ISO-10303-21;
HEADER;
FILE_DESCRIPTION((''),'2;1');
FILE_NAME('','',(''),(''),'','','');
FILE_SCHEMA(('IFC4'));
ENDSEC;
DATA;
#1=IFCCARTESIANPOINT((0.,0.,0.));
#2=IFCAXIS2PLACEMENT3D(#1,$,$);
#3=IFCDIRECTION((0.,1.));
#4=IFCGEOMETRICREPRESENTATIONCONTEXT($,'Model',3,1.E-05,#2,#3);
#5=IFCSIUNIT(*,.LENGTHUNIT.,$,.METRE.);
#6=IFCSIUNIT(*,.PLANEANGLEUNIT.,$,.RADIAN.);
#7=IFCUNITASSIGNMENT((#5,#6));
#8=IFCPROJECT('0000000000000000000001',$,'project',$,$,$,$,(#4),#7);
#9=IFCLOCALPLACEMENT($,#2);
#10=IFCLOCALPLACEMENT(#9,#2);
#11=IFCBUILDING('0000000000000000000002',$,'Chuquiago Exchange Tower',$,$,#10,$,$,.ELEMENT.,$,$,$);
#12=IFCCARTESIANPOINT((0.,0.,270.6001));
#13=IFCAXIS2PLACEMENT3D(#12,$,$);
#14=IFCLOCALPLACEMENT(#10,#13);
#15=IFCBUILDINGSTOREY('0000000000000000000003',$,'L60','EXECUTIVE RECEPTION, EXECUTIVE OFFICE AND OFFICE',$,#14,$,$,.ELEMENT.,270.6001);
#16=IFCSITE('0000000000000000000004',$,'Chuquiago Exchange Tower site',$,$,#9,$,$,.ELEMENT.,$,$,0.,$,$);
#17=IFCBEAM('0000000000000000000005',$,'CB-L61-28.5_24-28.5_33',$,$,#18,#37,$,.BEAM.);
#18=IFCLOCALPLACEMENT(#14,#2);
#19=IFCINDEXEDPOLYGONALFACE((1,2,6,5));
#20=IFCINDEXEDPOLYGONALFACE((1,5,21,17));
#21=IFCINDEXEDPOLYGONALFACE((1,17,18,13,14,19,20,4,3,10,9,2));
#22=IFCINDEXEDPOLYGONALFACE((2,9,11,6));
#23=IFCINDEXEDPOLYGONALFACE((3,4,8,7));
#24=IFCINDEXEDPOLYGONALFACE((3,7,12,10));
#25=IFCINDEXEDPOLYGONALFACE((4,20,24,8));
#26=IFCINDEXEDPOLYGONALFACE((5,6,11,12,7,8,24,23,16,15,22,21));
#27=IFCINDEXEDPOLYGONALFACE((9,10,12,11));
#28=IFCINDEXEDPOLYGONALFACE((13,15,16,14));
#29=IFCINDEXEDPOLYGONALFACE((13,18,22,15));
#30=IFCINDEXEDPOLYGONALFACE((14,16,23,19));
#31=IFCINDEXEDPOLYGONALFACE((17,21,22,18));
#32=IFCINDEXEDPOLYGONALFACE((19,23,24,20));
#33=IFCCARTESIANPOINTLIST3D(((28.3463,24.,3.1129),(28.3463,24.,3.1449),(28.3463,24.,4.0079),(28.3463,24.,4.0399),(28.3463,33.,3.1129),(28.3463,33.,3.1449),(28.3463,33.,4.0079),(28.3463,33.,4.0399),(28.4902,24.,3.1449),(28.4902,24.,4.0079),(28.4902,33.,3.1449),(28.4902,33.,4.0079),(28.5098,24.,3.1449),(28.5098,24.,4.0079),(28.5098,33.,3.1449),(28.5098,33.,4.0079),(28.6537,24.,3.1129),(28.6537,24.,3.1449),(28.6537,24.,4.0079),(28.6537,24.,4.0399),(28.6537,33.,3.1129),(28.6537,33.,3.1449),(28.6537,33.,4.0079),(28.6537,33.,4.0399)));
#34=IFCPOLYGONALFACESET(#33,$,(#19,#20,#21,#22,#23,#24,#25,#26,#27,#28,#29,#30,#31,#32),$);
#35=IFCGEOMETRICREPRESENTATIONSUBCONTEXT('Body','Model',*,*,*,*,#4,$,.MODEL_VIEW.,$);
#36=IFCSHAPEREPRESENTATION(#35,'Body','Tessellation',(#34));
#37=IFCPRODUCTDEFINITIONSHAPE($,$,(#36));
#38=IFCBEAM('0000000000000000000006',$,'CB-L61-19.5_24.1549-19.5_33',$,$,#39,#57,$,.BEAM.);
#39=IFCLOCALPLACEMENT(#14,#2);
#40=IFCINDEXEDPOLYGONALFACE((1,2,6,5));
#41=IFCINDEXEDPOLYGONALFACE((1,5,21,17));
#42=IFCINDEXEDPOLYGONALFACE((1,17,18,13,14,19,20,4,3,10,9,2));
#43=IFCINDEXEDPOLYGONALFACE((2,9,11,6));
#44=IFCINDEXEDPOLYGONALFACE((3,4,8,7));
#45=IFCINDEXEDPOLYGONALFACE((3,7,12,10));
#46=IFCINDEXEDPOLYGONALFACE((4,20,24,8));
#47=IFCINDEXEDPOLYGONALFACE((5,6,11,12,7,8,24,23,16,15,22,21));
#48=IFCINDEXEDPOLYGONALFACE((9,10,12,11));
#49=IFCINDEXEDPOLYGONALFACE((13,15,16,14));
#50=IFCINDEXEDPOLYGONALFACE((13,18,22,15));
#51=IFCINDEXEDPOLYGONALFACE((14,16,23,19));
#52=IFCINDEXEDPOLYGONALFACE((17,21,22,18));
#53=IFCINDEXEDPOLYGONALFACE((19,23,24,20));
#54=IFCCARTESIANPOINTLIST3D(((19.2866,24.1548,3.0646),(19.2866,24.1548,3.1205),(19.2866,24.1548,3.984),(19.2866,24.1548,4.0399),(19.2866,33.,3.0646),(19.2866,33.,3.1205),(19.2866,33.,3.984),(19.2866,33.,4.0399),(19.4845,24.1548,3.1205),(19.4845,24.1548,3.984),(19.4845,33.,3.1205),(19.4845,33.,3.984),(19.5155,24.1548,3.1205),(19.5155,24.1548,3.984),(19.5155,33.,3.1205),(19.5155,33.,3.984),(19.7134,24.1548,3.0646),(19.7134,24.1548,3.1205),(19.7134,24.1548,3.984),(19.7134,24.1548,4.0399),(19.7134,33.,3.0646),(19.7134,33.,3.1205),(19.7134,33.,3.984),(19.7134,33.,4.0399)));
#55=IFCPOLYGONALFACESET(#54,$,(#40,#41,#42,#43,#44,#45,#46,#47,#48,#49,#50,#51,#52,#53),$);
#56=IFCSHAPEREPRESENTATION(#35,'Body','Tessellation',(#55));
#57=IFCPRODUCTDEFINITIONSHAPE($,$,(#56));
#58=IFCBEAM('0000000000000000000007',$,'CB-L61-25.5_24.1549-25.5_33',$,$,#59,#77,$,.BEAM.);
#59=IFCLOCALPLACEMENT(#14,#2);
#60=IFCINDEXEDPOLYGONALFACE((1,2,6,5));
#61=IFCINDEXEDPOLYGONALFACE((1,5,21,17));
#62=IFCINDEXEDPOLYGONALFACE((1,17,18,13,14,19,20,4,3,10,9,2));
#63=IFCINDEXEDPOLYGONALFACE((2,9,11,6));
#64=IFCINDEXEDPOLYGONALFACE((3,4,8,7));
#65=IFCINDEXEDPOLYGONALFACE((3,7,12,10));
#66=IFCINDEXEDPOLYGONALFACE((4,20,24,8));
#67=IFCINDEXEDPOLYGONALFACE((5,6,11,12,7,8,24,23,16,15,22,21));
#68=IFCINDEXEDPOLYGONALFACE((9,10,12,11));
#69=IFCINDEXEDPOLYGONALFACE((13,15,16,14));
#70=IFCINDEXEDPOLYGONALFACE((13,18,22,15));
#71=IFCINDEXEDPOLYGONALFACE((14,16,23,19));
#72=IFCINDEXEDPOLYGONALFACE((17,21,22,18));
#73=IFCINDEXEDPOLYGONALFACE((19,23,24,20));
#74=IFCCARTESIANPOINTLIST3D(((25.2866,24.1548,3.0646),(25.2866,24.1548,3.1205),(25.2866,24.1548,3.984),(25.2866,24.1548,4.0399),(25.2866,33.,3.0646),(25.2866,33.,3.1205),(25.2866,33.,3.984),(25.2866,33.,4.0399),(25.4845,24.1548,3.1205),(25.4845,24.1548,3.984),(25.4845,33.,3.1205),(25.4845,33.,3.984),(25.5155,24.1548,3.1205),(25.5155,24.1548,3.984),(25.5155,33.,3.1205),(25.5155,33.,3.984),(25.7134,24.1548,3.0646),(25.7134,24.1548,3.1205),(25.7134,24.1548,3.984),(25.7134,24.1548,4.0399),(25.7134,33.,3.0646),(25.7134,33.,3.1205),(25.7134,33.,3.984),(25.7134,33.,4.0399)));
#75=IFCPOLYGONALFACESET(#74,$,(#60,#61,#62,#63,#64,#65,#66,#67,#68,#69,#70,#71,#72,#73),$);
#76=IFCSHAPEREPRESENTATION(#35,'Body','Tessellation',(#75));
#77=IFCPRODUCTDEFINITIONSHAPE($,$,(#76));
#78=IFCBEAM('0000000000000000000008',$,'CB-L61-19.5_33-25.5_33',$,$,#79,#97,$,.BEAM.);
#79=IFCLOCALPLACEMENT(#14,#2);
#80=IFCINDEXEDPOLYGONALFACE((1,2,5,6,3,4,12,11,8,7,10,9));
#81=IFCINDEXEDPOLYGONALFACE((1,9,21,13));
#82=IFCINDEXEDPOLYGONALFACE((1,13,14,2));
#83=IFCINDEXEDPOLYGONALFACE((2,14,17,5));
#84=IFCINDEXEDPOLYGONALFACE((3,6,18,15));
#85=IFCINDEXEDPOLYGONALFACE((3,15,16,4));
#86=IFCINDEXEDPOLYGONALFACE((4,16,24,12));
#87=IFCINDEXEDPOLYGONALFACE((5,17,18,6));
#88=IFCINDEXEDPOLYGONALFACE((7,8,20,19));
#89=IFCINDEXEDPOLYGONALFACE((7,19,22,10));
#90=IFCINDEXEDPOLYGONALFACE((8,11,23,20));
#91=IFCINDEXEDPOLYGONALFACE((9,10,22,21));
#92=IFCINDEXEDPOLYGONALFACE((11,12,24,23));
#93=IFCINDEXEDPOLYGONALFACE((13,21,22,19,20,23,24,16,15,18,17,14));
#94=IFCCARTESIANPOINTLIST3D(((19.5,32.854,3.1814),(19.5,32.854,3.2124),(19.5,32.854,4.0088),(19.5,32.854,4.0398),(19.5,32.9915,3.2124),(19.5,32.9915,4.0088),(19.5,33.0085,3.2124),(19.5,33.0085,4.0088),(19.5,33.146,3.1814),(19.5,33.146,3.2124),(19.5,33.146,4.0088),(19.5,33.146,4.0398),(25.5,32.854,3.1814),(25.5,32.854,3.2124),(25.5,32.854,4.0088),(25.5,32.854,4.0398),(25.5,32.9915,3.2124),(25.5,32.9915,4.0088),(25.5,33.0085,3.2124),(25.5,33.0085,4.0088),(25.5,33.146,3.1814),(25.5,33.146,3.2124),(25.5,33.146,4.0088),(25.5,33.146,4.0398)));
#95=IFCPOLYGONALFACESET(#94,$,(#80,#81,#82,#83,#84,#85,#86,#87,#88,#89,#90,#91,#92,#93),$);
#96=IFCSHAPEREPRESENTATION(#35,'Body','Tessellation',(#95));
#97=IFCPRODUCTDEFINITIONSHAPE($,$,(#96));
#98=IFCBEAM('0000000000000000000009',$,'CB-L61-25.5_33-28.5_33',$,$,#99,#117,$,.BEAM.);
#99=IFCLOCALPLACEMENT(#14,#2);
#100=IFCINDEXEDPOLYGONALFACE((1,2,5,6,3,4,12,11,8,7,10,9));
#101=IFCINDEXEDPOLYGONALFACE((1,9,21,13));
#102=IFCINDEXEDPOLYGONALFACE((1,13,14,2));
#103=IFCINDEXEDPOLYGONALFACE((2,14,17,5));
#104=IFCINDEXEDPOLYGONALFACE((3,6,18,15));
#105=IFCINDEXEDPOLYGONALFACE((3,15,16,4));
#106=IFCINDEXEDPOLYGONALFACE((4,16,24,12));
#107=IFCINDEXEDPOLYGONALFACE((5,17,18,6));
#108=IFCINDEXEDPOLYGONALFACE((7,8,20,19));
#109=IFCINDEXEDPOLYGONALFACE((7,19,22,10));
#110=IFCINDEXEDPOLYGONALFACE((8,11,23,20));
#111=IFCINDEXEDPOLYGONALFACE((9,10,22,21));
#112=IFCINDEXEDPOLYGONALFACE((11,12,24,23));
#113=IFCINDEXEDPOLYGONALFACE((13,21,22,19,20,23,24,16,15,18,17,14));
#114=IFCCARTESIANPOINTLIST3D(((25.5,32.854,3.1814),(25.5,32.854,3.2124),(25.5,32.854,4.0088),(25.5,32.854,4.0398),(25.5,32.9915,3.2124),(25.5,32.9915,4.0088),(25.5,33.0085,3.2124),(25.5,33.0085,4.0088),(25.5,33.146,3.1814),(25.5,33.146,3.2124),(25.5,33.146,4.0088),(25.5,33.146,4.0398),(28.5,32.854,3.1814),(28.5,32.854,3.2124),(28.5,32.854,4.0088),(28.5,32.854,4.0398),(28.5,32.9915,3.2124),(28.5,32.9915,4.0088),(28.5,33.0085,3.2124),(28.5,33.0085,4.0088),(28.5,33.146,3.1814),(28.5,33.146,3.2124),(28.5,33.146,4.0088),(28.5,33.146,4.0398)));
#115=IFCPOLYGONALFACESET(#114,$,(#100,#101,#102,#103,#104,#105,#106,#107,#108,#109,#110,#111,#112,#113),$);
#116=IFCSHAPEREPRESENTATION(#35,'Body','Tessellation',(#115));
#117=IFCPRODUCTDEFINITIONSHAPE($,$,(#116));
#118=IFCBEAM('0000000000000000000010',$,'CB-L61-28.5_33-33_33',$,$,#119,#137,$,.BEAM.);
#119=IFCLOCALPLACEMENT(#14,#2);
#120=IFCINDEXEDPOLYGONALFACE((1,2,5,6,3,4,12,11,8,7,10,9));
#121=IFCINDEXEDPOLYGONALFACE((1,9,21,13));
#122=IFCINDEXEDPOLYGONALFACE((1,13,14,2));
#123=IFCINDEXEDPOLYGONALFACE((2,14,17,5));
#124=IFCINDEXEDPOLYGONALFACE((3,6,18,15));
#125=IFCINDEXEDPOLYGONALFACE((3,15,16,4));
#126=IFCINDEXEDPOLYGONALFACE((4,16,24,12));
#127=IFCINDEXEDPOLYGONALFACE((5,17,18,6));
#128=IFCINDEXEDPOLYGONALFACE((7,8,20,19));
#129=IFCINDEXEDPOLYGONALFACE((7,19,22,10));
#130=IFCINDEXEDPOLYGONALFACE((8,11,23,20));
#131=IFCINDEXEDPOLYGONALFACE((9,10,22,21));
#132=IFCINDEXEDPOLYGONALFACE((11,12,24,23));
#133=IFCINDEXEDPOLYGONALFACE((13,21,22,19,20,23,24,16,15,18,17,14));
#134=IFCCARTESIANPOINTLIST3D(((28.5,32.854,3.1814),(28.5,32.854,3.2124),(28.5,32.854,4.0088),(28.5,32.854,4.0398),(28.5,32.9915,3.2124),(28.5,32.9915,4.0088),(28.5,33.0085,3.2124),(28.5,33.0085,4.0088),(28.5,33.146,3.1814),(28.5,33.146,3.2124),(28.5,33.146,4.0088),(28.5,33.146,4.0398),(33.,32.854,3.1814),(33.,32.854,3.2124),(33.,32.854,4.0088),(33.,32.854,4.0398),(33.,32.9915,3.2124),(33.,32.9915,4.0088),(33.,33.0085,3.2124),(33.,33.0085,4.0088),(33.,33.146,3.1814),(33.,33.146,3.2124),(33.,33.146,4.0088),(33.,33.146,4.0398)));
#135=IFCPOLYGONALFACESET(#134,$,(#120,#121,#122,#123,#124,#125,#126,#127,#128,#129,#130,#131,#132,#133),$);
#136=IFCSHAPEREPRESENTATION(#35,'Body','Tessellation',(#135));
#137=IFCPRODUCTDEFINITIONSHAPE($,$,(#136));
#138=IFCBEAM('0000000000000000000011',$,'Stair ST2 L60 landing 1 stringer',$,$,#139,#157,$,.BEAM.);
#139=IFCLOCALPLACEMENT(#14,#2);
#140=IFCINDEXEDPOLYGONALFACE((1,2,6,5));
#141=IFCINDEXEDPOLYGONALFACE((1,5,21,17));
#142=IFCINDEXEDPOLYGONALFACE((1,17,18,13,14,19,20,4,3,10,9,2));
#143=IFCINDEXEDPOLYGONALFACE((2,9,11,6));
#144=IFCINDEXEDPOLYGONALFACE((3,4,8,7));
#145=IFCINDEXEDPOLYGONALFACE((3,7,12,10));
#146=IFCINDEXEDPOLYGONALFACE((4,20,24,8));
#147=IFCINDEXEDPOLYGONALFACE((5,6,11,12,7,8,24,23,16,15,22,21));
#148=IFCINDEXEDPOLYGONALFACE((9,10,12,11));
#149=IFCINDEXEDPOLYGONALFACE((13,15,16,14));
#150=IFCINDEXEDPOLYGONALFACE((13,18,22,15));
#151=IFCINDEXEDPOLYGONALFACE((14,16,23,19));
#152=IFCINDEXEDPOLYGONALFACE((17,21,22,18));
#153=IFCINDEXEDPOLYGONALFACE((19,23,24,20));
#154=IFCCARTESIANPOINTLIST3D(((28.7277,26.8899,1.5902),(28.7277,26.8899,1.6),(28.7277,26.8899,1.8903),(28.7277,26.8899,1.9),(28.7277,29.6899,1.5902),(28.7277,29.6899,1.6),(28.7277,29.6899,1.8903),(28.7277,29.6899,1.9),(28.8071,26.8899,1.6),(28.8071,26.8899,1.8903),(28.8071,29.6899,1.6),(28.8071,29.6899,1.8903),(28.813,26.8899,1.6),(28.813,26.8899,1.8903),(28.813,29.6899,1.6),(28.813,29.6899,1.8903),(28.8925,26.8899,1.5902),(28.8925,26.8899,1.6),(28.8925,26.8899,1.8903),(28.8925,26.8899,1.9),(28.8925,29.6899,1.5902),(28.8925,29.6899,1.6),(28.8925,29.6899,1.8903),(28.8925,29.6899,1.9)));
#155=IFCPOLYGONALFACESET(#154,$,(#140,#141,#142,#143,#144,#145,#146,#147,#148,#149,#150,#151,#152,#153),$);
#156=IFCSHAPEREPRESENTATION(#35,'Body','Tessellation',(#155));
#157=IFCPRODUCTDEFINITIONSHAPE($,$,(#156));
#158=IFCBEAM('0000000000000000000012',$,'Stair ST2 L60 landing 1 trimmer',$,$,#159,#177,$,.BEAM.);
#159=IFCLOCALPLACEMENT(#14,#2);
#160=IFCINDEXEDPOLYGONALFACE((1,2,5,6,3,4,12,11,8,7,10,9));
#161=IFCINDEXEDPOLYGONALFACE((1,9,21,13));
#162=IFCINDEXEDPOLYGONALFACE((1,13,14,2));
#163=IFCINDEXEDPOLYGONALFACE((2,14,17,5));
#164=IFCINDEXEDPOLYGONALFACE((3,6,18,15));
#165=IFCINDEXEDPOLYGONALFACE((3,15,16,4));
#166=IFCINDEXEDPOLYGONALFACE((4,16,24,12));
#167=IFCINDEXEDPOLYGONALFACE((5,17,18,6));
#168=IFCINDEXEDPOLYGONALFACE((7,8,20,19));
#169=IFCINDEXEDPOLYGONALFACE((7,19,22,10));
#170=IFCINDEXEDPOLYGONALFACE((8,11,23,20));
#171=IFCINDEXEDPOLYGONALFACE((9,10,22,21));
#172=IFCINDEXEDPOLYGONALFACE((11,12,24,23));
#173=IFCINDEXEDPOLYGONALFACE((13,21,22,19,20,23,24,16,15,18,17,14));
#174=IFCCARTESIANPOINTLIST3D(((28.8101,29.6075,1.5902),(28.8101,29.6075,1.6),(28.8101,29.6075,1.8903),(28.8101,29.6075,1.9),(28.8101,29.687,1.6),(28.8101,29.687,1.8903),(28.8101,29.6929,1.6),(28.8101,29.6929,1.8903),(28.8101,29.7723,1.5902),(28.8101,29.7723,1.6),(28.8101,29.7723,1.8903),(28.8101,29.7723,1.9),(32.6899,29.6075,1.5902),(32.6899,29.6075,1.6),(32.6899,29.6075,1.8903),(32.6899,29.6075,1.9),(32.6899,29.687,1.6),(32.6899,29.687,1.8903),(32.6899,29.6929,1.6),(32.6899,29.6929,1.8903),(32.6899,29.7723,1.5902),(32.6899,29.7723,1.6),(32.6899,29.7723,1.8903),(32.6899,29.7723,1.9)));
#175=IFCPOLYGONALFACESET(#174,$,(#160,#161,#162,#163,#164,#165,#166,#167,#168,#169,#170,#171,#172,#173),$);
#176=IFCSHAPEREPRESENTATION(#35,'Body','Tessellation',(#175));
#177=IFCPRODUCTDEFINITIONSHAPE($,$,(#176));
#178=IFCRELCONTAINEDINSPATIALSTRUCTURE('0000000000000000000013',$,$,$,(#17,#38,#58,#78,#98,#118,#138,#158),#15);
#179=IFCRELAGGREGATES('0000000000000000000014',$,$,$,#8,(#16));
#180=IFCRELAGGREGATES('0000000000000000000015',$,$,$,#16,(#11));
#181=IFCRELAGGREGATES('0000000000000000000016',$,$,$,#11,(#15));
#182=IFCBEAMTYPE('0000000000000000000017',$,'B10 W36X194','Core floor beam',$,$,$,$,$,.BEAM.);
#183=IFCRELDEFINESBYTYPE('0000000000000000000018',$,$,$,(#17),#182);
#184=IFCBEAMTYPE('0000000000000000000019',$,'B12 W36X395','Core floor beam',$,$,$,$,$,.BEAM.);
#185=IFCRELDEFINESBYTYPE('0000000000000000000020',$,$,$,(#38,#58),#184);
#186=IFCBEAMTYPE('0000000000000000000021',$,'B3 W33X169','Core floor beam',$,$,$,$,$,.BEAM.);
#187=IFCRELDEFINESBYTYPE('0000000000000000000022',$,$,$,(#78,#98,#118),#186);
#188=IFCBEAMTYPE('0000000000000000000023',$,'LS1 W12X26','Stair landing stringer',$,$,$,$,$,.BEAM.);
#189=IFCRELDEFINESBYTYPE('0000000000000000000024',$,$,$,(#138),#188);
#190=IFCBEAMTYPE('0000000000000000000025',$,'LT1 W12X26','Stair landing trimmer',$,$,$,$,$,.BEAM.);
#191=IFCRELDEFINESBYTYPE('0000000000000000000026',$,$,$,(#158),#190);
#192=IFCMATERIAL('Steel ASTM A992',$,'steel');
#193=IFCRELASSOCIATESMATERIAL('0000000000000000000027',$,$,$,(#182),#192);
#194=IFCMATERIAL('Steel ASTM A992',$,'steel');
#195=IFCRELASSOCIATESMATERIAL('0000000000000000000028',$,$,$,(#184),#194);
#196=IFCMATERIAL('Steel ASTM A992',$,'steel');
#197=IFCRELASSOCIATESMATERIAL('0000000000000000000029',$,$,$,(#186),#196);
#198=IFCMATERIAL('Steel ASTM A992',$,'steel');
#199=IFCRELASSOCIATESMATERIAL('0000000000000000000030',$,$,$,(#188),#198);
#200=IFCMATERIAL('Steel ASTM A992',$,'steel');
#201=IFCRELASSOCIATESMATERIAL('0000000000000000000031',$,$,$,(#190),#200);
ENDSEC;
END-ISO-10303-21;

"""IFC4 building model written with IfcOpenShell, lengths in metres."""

from ifc_helpers import new_model, si_unit, direction, frame, origin, origin_2d, place, context, subcontext, project, spatial, i_section, extrude, material, material_profile, profile_set, type_object, element, save


model = new_model("IFC4")

# Units and contexts
model_context = context("Model", 3, precision=1e-05, world=origin(), true_north=direction((0.0, 1.0)))
body_context = subcontext(model_context, "Body", "Model", "MODEL_VIEW")
ifc_project = project(units=[si_unit("LENGTHUNIT", "METRE"), si_unit("PLANEANGLEUNIT", "RADIAN")], contexts=[model_context])

# Site, building, storey
site_placement = place(None, origin())
site = spatial("IfcSite", under=ifc_project, at=site_placement, Name="Chuquiago Exchange Tower site", CompositionType="ELEMENT", RefElevation=0.0)
building_placement = place(site_placement, origin())
building = spatial("IfcBuilding", under=site, at=building_placement, Name="Chuquiago Exchange Tower", CompositionType="ELEMENT")
storey_placement = place(building_placement, frame((0.0, 0.0, 270.6001)))
storey = spatial("IfcBuildingStorey", under=building, at=storey_placement, Name="L60", Description="EXECUTIVE RECEPTION, EXECUTIVE OFFICE AND OFFICE", CompositionType="ELEMENT", Elevation=270.6001)

# Beams
ifc_material_1 = material(Name="Steel ASTM A992", Category="steel")
ifc_material_profile_1 = material_profile(ifc_material_1, i_section(OverallWidth=0.3074, OverallDepth=0.927, WebThickness=0.0195, FlangeThickness=0.032, at=origin_2d()), Name="W36X194")
ifc_profile_set_1 = profile_set([ifc_material_profile_1], Name="Steel ASTM A992")
beam_type_1 = type_object("IfcBeamType", Name="B10 W36X194", Description="Core floor beam", PredefinedType="BEAM", material=ifc_profile_set_1)
beam_1_placement = place(storey_placement, frame((28.5, 24.0, 3.5764), z_axis=(0.0, 1.0, 0.0), x_axis=(-1.0, 0.0, 0.0)))
element("IfcBeam", 1, at=beam_1_placement, inside=storey, type_object=beam_type_1, Name="CB-L61-28.5_24-28.5_33", PredefinedType="BEAM", context=body_context, shape_type="SweptSolid", body=[
    extrude(i_section(OverallWidth=0.3074, OverallDepth=0.927, WebThickness=0.0195, FlangeThickness=0.032, at=origin_2d()), origin(), (0.0, 0.0, 1.0), 9.0),
])
ifc_material_2 = material(Name="Steel ASTM A992", Category="steel")
ifc_material_profile_2 = material_profile(ifc_material_2, i_section(OverallWidth=0.4268, OverallDepth=0.9753, WebThickness=0.031, FlangeThickness=0.0559, at=origin_2d()), Name="W36X395")
ifc_profile_set_2 = profile_set([ifc_material_profile_2], Name="Steel ASTM A992")
beam_type_2 = type_object("IfcBeamType", Name="B12 W36X395", Description="Core floor beam", PredefinedType="BEAM", material=ifc_profile_set_2)
for number, where, z_axis, x_axis, name in (
    (2, (19.5, 24.1548, 3.5522), (0.0, 1.0, 0.0), (-1.0, 0.0, 0.0), "CB-L61-19.5_24.1549-19.5_33"),
    (3, (25.5, 24.1548, 3.5522), (0.0, 1.0, 0.0), (-1.0, 0.0, 0.0), "CB-L61-25.5_24.1549-25.5_33"),
):
    element("IfcBeam", number, at=place(storey_placement, frame(where, z_axis=z_axis, x_axis=x_axis)), inside=storey, type_object=beam_type_2, Name=name, PredefinedType="BEAM", context=body_context, shape_type="SweptSolid", body=[
        extrude(i_section(OverallWidth=0.4268, OverallDepth=0.9753, WebThickness=0.031, FlangeThickness=0.0559, at=origin_2d()), origin(), (0.0, 0.0, 1.0), 8.8452),
    ])
ifc_material_3 = material(Name="Steel ASTM A992", Category="steel")
ifc_material_profile_3 = material_profile(ifc_material_3, i_section(OverallWidth=0.292, OverallDepth=0.8584, WebThickness=0.0171, FlangeThickness=0.031, at=origin_2d()), Name="W33X169")
ifc_profile_set_3 = profile_set([ifc_material_profile_3], Name="Steel ASTM A992")
beam_type_3 = type_object("IfcBeamType", Name="B3 W33X169", Description="Core floor beam", PredefinedType="BEAM", material=ifc_profile_set_3)
beam_2_placement = place(storey_placement, frame((19.5, 33.0, 3.6106), z_axis=(1.0, 0.0, 0.0), x_axis=(0.0, 1.0, 0.0)))
element("IfcBeam", 4, at=beam_2_placement, inside=storey, type_object=beam_type_3, Name="CB-L61-19.5_33-25.5_33", PredefinedType="BEAM", context=body_context, shape_type="SweptSolid", body=[
    extrude(i_section(OverallWidth=0.292, OverallDepth=0.8584, WebThickness=0.0171, FlangeThickness=0.031, at=origin_2d()), origin(), (0.0, 0.0, 1.0), 6.0),
])
beam_3_placement = place(storey_placement, frame((25.5, 33.0, 3.6106), z_axis=(1.0, 0.0, 0.0), x_axis=(0.0, 1.0, 0.0)))
element("IfcBeam", 5, at=beam_3_placement, inside=storey, type_object=beam_type_3, Name="CB-L61-25.5_33-28.5_33", PredefinedType="BEAM", context=body_context, shape_type="SweptSolid", body=[
    extrude(i_section(OverallWidth=0.292, OverallDepth=0.8584, WebThickness=0.0171, FlangeThickness=0.031, at=origin_2d()), origin(), (0.0, 0.0, 1.0), 3.0),
])
beam_4_placement = place(storey_placement, frame((28.5, 33.0, 3.6106), z_axis=(1.0, 0.0, 0.0), x_axis=(0.0, 1.0, 0.0)))
element("IfcBeam", 6, at=beam_4_placement, inside=storey, type_object=beam_type_3, Name="CB-L61-28.5_33-33_33", PredefinedType="BEAM", context=body_context, shape_type="SweptSolid", body=[
    extrude(i_section(OverallWidth=0.292, OverallDepth=0.8584, WebThickness=0.0171, FlangeThickness=0.031, at=origin_2d()), origin(), (0.0, 0.0, 1.0), 4.5),
])
ifc_material_4 = material(Name="Steel ASTM A992", Category="steel")
ifc_material_profile_4 = material_profile(ifc_material_4, i_section(OverallWidth=0.1648, OverallDepth=0.3098, WebThickness=0.0059, FlangeThickness=0.0098, at=origin_2d()), Name="W12X26")
ifc_profile_set_4 = profile_set([ifc_material_profile_4], Name="Steel ASTM A992")
beam_type_4 = type_object("IfcBeamType", Name="LS1 W12X26", Description="Stair landing stringer", PredefinedType="BEAM", material=ifc_profile_set_4)
beam_5_placement = place(storey_placement, frame((28.8101, 26.8899, 1.7451), z_axis=(0.0, 1.0, 0.0), x_axis=(-1.0, 0.0, 0.0)))
element("IfcBeam", 7, at=beam_5_placement, inside=storey, type_object=beam_type_4, Name="Stair ST2 L60 landing 1 stringer", PredefinedType="BEAM", context=body_context, shape_type="SweptSolid", body=[
    extrude(i_section(OverallWidth=0.1648, OverallDepth=0.3098, WebThickness=0.0059, FlangeThickness=0.0098, at=origin_2d()), origin(), (0.0, 0.0, 1.0), 2.8),
])
ifc_material_5 = material(Name="Steel ASTM A992", Category="steel")
ifc_material_profile_5 = material_profile(ifc_material_5, i_section(OverallWidth=0.1648, OverallDepth=0.3098, WebThickness=0.0059, FlangeThickness=0.0098, at=origin_2d()), Name="W12X26")
ifc_profile_set_5 = profile_set([ifc_material_profile_5], Name="Steel ASTM A992")
beam_type_5 = type_object("IfcBeamType", Name="LT1 W12X26", Description="Stair landing trimmer", PredefinedType="BEAM", material=ifc_profile_set_5)
for number, where, z_axis, x_axis, name in (
    (8, (28.8101, 29.6899, 1.7451), (1.0, 0.0, 0.0), (0.0, 1.0, 0.0), "Stair ST2 L60 landing 1 trimmer"),
):
    element("IfcBeam", number, at=place(storey_placement, frame(where, z_axis=z_axis, x_axis=x_axis)), inside=storey, type_object=beam_type_5, Name=name, PredefinedType="BEAM", context=body_context, shape_type="SweptSolid", body=[
        extrude(i_section(OverallWidth=0.1648, OverallDepth=0.3098, WebThickness=0.0059, FlangeThickness=0.0098, at=origin_2d()), origin(), (0.0, 0.0, 1.0), 3.8799),
    ])

save(model, "model.ifc")
